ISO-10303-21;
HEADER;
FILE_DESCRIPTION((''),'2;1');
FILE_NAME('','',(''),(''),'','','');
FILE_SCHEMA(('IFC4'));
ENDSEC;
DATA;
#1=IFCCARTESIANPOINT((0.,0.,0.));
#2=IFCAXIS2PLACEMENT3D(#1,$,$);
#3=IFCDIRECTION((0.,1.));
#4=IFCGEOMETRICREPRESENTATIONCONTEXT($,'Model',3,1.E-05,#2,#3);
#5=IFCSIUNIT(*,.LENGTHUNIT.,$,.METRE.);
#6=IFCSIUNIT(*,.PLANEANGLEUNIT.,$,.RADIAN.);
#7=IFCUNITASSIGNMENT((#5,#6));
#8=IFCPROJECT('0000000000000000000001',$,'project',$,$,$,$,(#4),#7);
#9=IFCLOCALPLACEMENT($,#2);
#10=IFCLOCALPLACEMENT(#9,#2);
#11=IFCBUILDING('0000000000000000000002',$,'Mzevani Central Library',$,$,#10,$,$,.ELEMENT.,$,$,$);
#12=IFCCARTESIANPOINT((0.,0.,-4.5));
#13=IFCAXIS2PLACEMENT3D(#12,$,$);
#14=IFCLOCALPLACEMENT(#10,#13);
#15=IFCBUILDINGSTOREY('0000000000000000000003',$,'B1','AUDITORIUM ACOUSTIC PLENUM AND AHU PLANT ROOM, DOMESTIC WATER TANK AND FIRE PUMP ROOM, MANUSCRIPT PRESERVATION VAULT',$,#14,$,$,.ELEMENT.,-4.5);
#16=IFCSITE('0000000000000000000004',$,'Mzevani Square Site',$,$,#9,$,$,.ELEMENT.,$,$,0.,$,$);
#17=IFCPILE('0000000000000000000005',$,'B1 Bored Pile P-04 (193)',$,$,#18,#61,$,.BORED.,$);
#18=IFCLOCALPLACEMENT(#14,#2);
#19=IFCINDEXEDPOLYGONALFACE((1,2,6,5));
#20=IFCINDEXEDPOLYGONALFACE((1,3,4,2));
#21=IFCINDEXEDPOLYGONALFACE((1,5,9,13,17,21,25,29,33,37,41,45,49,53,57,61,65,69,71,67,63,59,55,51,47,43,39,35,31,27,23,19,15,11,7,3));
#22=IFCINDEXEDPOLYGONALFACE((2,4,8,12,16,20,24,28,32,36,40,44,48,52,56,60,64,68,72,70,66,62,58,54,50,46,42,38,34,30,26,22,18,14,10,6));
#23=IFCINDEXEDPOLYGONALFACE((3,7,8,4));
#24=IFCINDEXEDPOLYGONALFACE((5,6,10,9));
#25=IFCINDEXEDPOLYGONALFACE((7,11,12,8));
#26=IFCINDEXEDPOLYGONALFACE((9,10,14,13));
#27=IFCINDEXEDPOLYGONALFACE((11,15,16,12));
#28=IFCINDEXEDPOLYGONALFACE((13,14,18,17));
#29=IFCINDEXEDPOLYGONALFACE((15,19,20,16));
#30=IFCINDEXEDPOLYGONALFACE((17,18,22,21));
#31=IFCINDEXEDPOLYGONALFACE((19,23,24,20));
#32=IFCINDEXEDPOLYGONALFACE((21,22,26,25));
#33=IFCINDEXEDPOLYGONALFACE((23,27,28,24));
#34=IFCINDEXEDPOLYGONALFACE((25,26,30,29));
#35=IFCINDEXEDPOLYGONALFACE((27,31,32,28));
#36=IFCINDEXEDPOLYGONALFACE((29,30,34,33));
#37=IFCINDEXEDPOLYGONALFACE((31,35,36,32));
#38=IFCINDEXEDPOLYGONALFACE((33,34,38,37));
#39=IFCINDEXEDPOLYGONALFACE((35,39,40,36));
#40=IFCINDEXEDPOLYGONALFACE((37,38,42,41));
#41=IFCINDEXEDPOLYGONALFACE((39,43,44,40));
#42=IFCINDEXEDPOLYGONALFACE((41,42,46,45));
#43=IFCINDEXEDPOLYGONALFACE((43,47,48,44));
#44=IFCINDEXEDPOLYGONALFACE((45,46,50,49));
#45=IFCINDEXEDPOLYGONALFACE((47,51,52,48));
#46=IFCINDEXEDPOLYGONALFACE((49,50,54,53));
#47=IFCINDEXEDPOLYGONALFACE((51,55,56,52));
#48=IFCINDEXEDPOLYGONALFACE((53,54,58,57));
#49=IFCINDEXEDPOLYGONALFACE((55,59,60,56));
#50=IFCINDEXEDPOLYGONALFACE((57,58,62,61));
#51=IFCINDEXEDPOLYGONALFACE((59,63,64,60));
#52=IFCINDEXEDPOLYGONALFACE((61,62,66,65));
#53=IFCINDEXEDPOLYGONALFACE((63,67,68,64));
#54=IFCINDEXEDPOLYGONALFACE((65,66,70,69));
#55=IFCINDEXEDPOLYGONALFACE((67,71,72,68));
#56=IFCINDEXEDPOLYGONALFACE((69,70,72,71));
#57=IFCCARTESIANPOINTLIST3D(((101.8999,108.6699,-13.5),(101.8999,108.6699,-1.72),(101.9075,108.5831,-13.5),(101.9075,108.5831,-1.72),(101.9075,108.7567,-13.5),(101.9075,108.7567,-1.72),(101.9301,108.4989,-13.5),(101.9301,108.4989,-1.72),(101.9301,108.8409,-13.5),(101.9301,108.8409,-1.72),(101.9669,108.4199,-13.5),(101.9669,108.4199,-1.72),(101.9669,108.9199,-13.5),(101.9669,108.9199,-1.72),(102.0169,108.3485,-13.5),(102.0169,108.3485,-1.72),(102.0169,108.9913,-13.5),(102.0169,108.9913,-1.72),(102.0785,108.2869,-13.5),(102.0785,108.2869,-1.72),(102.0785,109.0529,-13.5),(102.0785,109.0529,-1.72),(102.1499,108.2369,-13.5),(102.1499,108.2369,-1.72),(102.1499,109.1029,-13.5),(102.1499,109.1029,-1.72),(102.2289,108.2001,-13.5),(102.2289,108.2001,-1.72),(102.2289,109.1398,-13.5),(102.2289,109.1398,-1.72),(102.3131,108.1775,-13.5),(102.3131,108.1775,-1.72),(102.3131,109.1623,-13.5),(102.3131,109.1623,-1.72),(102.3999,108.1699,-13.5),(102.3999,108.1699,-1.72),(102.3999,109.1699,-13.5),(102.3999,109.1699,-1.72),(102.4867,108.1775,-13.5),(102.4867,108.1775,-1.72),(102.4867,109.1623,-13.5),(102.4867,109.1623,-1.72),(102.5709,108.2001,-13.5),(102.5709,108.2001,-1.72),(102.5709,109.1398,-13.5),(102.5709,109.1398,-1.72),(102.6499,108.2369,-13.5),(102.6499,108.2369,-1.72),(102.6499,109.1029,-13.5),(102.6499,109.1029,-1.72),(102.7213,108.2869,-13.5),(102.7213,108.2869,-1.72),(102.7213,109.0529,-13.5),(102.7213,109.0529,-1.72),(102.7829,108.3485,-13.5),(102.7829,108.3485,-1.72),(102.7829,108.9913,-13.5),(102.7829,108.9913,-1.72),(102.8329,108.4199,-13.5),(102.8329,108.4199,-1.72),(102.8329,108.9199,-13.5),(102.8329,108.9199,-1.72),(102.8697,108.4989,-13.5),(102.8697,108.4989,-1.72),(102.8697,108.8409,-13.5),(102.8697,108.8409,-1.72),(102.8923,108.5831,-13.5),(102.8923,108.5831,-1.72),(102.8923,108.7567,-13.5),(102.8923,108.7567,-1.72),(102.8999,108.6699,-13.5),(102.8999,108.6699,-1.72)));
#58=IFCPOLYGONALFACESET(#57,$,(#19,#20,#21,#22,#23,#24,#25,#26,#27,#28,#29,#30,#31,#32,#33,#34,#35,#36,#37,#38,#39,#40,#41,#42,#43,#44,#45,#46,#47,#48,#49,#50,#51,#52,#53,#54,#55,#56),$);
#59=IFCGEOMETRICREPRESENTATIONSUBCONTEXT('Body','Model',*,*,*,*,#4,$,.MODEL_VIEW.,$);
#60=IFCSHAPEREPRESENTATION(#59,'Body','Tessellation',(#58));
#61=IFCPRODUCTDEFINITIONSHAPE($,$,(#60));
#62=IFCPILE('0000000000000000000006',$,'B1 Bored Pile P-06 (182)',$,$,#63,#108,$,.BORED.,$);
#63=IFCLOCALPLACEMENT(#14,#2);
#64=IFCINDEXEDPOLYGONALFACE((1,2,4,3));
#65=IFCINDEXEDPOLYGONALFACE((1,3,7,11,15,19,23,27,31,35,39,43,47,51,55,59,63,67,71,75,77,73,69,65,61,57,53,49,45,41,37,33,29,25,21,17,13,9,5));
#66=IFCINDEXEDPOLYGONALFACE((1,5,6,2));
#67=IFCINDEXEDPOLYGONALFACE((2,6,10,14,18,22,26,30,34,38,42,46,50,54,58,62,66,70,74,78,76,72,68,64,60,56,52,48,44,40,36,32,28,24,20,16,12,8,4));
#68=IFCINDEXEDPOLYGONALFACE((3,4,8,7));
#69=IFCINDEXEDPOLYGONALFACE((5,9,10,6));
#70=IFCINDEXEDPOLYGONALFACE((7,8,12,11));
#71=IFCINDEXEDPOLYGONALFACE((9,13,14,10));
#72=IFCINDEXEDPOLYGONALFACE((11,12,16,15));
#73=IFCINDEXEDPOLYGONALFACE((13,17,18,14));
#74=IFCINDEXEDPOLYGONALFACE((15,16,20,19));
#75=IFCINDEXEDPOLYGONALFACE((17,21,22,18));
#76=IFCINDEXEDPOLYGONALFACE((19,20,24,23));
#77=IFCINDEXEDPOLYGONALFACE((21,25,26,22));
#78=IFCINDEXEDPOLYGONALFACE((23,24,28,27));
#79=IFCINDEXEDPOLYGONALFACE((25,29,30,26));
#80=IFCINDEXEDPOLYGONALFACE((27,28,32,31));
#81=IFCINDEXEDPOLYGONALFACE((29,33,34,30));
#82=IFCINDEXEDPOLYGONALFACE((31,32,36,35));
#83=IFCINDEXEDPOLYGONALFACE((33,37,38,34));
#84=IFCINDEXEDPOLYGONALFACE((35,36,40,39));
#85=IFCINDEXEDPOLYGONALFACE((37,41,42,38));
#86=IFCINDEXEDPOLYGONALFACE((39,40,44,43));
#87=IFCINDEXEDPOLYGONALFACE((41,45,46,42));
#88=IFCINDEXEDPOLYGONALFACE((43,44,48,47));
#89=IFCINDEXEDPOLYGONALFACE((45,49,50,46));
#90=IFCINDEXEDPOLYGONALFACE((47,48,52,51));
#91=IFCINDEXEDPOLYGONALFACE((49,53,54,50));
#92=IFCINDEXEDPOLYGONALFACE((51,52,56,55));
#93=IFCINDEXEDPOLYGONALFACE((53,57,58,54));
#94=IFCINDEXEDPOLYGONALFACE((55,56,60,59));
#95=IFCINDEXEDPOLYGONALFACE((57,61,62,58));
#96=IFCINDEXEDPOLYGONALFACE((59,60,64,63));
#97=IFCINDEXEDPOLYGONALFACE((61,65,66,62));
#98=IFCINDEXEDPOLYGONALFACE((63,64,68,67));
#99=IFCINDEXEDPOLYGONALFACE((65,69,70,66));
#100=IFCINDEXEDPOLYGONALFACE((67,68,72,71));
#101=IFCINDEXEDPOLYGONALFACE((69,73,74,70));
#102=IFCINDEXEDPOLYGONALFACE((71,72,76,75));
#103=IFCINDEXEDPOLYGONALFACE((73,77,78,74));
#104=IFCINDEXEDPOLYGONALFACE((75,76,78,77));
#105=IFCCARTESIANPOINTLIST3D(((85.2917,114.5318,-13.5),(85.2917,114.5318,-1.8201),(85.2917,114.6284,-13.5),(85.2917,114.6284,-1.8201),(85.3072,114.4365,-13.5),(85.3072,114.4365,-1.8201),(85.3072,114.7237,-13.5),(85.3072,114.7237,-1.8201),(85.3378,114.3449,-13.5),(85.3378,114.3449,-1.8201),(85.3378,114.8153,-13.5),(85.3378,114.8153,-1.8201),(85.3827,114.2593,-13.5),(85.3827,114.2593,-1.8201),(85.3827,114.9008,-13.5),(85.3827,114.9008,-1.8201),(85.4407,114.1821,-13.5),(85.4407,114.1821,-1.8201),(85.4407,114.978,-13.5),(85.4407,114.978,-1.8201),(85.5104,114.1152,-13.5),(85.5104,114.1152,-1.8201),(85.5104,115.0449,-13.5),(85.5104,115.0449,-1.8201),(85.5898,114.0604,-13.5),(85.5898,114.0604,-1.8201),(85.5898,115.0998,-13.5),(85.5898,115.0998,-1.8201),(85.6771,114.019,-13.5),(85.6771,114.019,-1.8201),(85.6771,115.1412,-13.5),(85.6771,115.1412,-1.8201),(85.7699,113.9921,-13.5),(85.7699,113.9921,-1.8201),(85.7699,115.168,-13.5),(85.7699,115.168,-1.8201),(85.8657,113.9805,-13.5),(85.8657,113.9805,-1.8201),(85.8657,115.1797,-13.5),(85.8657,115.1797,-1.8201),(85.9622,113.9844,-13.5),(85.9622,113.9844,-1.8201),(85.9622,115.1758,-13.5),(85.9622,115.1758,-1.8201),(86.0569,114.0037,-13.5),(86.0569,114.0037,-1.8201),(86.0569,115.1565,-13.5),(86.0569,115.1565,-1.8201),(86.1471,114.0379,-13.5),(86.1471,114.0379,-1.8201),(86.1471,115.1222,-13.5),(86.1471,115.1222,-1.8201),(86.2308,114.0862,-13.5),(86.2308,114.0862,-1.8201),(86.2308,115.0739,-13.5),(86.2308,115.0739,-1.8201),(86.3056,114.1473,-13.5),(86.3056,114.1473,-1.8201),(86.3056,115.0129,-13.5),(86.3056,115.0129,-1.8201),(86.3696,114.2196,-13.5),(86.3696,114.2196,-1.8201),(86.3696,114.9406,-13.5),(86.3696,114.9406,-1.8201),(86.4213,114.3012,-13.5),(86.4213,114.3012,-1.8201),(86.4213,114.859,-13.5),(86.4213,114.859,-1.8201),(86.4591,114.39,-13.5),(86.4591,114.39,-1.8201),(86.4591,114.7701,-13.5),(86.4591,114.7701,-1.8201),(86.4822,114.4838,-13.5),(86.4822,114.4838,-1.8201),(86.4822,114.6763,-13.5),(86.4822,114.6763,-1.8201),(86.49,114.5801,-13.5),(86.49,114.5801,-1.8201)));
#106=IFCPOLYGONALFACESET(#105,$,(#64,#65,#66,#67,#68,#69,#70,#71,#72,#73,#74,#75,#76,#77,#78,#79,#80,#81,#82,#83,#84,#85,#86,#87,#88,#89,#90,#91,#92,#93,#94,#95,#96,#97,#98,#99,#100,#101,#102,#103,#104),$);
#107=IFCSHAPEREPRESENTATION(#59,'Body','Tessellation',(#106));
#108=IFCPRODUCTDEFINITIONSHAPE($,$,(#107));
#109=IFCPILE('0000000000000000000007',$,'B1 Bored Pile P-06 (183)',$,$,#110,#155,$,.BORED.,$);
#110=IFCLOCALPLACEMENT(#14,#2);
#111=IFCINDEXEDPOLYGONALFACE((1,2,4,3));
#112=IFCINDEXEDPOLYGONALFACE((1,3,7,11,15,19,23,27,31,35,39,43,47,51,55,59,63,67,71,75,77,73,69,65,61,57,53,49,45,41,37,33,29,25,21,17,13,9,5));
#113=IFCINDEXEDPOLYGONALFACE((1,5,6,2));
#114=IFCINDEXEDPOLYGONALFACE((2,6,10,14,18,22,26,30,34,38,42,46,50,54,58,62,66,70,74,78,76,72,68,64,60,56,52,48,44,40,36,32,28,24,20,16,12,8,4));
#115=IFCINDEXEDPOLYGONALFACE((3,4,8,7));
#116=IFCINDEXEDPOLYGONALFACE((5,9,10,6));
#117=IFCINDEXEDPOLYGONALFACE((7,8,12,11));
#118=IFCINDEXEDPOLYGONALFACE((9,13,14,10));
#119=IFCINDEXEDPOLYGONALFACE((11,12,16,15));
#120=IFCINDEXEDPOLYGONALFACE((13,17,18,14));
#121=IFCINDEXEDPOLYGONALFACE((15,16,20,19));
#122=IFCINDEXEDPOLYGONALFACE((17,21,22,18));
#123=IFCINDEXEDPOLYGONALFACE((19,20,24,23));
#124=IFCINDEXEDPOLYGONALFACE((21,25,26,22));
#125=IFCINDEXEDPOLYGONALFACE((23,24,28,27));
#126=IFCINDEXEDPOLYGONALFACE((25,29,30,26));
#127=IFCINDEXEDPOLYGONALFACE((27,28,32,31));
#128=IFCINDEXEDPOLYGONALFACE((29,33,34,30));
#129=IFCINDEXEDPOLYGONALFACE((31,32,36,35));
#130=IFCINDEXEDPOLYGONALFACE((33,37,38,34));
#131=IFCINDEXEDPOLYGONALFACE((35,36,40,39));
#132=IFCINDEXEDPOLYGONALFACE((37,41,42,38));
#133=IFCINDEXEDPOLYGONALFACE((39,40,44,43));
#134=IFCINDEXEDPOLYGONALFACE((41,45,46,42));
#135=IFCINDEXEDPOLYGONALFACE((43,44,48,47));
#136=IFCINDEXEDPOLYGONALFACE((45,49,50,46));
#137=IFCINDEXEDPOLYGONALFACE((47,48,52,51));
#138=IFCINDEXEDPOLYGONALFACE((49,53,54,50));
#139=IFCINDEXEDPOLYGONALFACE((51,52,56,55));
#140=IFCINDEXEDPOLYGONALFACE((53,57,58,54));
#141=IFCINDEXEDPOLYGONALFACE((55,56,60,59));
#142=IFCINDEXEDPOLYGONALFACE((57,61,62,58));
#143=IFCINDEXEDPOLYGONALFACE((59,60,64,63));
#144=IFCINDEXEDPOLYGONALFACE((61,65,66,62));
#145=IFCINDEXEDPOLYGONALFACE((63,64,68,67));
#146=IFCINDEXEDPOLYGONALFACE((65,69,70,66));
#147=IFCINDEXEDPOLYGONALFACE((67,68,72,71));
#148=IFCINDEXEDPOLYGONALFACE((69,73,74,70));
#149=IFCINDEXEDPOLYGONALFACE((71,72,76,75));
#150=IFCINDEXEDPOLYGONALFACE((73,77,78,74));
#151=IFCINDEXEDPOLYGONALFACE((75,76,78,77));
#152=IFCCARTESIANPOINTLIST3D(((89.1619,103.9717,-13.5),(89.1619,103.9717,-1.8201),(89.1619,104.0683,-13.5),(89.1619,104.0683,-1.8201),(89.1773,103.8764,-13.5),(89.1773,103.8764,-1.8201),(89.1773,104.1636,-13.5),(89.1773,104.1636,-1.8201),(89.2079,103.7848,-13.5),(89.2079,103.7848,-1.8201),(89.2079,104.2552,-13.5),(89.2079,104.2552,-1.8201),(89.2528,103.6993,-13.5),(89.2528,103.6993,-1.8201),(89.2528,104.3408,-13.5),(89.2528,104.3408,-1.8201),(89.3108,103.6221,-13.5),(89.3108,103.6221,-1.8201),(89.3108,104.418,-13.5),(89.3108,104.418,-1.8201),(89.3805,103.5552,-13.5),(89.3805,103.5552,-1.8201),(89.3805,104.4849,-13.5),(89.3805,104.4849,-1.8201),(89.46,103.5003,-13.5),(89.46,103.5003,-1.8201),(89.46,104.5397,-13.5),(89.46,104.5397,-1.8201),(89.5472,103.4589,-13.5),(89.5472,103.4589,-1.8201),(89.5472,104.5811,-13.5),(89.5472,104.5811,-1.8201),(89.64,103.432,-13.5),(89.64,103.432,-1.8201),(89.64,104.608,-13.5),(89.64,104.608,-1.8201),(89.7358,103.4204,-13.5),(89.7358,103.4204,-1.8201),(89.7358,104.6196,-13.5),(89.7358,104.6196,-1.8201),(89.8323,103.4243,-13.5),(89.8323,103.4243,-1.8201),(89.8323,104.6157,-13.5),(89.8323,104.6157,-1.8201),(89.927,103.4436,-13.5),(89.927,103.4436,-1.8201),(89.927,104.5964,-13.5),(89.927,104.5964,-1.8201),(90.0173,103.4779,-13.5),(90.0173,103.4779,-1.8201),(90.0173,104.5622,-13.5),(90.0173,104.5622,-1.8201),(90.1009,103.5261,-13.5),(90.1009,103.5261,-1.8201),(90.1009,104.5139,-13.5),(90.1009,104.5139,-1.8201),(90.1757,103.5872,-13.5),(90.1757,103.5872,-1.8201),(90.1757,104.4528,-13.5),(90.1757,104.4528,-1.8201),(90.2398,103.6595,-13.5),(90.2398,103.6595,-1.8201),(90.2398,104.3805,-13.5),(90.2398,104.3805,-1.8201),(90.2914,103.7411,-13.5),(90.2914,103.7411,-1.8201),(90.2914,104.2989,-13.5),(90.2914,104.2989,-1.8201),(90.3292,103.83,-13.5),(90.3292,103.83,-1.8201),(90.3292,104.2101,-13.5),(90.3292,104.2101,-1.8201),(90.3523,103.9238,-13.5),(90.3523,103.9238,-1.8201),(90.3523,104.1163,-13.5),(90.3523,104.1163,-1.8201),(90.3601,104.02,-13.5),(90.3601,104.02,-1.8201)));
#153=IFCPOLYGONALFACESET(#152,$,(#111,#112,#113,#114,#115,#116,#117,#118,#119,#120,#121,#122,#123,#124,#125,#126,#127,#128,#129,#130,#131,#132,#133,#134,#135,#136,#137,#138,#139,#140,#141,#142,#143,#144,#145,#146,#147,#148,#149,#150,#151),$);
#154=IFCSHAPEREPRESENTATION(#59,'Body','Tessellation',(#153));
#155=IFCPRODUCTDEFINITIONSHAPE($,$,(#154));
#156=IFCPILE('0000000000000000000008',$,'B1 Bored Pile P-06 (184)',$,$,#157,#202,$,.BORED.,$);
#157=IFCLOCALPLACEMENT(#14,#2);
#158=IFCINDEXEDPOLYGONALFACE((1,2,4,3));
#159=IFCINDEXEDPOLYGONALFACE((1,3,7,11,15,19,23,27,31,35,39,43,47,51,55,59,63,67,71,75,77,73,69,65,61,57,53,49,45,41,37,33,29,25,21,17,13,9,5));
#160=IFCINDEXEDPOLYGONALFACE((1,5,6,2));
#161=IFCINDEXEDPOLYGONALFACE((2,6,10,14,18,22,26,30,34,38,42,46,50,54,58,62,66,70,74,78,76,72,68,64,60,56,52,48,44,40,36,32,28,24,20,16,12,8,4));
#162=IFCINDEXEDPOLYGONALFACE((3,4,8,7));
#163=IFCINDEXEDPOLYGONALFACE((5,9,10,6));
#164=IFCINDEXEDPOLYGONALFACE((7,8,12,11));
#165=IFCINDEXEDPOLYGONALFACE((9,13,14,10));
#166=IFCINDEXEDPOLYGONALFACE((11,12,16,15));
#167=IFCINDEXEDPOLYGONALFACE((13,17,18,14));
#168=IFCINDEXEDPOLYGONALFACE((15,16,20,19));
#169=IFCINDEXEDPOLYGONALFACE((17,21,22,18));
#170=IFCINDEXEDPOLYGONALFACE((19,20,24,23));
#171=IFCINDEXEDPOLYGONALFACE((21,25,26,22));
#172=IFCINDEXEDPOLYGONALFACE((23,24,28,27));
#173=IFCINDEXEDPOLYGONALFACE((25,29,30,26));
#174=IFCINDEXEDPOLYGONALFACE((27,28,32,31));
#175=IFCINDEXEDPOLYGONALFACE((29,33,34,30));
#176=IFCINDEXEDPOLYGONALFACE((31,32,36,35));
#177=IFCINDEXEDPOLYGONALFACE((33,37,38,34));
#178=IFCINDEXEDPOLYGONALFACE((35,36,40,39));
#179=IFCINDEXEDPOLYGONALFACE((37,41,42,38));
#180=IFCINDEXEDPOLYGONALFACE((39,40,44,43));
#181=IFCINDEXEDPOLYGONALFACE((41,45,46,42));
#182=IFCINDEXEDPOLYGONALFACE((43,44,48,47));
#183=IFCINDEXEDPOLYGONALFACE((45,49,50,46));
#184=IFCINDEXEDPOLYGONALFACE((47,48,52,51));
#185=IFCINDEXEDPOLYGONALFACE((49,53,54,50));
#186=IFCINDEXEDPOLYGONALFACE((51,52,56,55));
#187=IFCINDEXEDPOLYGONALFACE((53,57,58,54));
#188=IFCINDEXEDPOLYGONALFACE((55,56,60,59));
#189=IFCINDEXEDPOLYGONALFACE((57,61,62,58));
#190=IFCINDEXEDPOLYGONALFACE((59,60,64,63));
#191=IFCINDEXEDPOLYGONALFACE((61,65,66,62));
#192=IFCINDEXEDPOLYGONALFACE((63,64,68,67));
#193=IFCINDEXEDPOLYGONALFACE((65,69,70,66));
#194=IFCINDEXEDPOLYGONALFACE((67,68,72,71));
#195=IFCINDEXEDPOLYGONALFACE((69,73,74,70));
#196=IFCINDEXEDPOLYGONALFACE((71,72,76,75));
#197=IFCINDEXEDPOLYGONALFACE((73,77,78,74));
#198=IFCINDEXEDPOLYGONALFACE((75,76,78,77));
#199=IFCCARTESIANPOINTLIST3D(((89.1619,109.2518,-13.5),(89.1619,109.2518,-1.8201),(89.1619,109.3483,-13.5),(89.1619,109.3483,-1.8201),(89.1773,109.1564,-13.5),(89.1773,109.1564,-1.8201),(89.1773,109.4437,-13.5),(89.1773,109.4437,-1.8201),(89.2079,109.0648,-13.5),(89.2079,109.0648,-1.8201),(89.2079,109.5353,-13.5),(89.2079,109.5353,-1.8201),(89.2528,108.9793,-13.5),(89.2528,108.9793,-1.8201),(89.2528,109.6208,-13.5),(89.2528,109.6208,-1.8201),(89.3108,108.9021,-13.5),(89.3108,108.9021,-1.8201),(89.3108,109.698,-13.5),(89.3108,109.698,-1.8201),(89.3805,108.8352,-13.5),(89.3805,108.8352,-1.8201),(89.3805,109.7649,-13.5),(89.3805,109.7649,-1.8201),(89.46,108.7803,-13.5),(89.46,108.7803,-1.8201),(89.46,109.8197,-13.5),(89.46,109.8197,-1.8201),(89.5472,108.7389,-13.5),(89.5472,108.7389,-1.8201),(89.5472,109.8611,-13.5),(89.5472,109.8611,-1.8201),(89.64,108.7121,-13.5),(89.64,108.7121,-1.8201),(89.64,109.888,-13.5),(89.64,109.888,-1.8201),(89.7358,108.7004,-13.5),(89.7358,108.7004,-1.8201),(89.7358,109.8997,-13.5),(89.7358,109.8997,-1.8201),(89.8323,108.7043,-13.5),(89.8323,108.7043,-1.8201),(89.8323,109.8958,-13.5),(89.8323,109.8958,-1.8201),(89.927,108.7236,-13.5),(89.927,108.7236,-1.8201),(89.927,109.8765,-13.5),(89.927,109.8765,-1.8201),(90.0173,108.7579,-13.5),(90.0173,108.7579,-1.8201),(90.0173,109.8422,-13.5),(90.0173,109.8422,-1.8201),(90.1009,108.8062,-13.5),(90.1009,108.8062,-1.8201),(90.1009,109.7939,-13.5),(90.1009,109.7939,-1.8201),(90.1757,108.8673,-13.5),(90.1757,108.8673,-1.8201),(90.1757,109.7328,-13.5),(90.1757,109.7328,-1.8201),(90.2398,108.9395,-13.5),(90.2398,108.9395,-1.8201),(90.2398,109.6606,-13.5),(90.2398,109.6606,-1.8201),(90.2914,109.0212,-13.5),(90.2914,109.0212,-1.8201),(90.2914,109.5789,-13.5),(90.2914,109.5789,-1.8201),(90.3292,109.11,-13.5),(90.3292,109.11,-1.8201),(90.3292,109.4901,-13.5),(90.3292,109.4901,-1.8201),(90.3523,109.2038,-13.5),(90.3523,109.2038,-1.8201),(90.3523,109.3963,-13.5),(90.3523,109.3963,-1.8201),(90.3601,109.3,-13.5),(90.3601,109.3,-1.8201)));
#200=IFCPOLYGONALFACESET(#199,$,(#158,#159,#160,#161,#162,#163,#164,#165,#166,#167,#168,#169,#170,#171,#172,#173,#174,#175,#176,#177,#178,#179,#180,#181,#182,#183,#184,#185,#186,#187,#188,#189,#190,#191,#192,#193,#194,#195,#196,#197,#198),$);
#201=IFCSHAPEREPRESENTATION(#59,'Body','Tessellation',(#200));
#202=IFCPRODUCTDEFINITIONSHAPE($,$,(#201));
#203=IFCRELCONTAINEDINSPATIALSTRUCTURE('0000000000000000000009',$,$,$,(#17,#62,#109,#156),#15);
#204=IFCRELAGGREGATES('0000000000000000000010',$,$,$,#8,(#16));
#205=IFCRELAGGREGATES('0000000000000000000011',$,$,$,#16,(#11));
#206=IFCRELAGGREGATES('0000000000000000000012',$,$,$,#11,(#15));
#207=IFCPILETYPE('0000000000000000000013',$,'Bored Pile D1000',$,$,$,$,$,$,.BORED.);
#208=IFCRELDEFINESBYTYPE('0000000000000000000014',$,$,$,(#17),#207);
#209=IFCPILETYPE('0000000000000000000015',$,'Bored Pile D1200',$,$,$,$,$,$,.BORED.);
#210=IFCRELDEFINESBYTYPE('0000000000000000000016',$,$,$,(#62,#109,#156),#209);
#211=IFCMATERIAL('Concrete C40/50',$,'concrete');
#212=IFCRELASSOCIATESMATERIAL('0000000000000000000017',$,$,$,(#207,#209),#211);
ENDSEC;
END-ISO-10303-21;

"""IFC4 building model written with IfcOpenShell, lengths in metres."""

from ifc_helpers import new_model, si_unit, direction, frame, origin, origin_2d, place, context, subcontext, project, spatial, circle, extrude, material, material_profile, profile_set, type_object, element, save


model = new_model("IFC4")

# Units and contexts
model_context = context("Model", 3, precision=1e-05, world=origin(), true_north=direction((0.0, 1.0)))
body_context = subcontext(model_context, "Body", "Model", "MODEL_VIEW")
ifc_project = project(units=[si_unit("LENGTHUNIT", "METRE"), si_unit("PLANEANGLEUNIT", "RADIAN")], contexts=[model_context])

# Site, building, storey
site_placement = place(None, origin())
site = spatial("IfcSite", under=ifc_project, at=site_placement, Name="Mzevani Square Site", CompositionType="ELEMENT", RefElevation=0.0)
building_placement = place(site_placement, origin())
building = spatial("IfcBuilding", under=site, at=building_placement, Name="Mzevani Central Library", CompositionType="ELEMENT")
storey_placement = place(building_placement, frame((0.0, 0.0, -4.5)))
storey = spatial("IfcBuildingStorey", under=building, at=storey_placement, Name="B1", Description="AUDITORIUM ACOUSTIC PLENUM AND AHU PLANT ROOM, DOMESTIC WATER TANK AND FIRE PUMP ROOM, MANUSCRIPT PRESERVATION VAULT", CompositionType="ELEMENT", Elevation=-4.5)

# Piles
ifc_material_1 = material(Name="Concrete C40/50", Category="concrete")
ifc_material_profile_1 = material_profile(ifc_material_1, circle(Radius=0.5, at=origin_2d()), Name="PILE D1000")
ifc_profile_set_1 = profile_set([ifc_material_profile_1], Name="Concrete C40/50")
pile_type_1 = type_object("IfcPileType", Name="Bored Pile D1000", PredefinedType="BORED", material=ifc_profile_set_1)
pile_placement = place(storey_placement, frame((102.3999, 108.6699, -1.72), z_axis=(0.0, 0.0, -1.0), x_axis=(1.0, 0.0, 0.0)))
element("IfcPile", 1, at=pile_placement, inside=storey, type_object=pile_type_1, Name="B1 Bored Pile P-04 (193)", PredefinedType="BORED", context=body_context, shape_type="SweptSolid", body=[
    extrude(circle(Radius=0.5, at=origin_2d()), origin(), (0.0, 0.0, 1.0), 11.78),
])
ifc_material_profile_2 = material_profile(ifc_material_1, circle(Radius=0.6001, at=origin_2d()), Name="PILE D1200")
ifc_profile_set_2 = profile_set([ifc_material_profile_2], Name="Concrete C40/50")
pile_type_2 = type_object("IfcPileType", Name="Bored Pile D1200", PredefinedType="BORED", material=ifc_profile_set_2)
for number, where, z_axis, x_axis, name in (
    (2, (85.8899, 114.5801, -1.8201), (0.0, 0.0, -1.0), (1.0, 0.0, 0.0), "B1 Bored Pile P-06 (182)"),
    (3, (89.76, 104.02, -1.8201), (0.0, 0.0, -1.0), (1.0, 0.0, 0.0), "B1 Bored Pile P-06 (183)"),
    (4, (89.76, 109.3, -1.8201), (0.0, 0.0, -1.0), (1.0, 0.0, 0.0), "B1 Bored Pile P-06 (184)"),
):
    element("IfcPile", number, at=place(storey_placement, frame(where, z_axis=z_axis, x_axis=x_axis)), inside=storey, type_object=pile_type_2, Name=name, PredefinedType="BORED", context=body_context, shape_type="SweptSolid", body=[
        extrude(circle(Radius=0.6001, at=origin_2d()), origin(), (0.0, 0.0, 1.0), 11.6799),
    ])

save(model, "model.ifc")
